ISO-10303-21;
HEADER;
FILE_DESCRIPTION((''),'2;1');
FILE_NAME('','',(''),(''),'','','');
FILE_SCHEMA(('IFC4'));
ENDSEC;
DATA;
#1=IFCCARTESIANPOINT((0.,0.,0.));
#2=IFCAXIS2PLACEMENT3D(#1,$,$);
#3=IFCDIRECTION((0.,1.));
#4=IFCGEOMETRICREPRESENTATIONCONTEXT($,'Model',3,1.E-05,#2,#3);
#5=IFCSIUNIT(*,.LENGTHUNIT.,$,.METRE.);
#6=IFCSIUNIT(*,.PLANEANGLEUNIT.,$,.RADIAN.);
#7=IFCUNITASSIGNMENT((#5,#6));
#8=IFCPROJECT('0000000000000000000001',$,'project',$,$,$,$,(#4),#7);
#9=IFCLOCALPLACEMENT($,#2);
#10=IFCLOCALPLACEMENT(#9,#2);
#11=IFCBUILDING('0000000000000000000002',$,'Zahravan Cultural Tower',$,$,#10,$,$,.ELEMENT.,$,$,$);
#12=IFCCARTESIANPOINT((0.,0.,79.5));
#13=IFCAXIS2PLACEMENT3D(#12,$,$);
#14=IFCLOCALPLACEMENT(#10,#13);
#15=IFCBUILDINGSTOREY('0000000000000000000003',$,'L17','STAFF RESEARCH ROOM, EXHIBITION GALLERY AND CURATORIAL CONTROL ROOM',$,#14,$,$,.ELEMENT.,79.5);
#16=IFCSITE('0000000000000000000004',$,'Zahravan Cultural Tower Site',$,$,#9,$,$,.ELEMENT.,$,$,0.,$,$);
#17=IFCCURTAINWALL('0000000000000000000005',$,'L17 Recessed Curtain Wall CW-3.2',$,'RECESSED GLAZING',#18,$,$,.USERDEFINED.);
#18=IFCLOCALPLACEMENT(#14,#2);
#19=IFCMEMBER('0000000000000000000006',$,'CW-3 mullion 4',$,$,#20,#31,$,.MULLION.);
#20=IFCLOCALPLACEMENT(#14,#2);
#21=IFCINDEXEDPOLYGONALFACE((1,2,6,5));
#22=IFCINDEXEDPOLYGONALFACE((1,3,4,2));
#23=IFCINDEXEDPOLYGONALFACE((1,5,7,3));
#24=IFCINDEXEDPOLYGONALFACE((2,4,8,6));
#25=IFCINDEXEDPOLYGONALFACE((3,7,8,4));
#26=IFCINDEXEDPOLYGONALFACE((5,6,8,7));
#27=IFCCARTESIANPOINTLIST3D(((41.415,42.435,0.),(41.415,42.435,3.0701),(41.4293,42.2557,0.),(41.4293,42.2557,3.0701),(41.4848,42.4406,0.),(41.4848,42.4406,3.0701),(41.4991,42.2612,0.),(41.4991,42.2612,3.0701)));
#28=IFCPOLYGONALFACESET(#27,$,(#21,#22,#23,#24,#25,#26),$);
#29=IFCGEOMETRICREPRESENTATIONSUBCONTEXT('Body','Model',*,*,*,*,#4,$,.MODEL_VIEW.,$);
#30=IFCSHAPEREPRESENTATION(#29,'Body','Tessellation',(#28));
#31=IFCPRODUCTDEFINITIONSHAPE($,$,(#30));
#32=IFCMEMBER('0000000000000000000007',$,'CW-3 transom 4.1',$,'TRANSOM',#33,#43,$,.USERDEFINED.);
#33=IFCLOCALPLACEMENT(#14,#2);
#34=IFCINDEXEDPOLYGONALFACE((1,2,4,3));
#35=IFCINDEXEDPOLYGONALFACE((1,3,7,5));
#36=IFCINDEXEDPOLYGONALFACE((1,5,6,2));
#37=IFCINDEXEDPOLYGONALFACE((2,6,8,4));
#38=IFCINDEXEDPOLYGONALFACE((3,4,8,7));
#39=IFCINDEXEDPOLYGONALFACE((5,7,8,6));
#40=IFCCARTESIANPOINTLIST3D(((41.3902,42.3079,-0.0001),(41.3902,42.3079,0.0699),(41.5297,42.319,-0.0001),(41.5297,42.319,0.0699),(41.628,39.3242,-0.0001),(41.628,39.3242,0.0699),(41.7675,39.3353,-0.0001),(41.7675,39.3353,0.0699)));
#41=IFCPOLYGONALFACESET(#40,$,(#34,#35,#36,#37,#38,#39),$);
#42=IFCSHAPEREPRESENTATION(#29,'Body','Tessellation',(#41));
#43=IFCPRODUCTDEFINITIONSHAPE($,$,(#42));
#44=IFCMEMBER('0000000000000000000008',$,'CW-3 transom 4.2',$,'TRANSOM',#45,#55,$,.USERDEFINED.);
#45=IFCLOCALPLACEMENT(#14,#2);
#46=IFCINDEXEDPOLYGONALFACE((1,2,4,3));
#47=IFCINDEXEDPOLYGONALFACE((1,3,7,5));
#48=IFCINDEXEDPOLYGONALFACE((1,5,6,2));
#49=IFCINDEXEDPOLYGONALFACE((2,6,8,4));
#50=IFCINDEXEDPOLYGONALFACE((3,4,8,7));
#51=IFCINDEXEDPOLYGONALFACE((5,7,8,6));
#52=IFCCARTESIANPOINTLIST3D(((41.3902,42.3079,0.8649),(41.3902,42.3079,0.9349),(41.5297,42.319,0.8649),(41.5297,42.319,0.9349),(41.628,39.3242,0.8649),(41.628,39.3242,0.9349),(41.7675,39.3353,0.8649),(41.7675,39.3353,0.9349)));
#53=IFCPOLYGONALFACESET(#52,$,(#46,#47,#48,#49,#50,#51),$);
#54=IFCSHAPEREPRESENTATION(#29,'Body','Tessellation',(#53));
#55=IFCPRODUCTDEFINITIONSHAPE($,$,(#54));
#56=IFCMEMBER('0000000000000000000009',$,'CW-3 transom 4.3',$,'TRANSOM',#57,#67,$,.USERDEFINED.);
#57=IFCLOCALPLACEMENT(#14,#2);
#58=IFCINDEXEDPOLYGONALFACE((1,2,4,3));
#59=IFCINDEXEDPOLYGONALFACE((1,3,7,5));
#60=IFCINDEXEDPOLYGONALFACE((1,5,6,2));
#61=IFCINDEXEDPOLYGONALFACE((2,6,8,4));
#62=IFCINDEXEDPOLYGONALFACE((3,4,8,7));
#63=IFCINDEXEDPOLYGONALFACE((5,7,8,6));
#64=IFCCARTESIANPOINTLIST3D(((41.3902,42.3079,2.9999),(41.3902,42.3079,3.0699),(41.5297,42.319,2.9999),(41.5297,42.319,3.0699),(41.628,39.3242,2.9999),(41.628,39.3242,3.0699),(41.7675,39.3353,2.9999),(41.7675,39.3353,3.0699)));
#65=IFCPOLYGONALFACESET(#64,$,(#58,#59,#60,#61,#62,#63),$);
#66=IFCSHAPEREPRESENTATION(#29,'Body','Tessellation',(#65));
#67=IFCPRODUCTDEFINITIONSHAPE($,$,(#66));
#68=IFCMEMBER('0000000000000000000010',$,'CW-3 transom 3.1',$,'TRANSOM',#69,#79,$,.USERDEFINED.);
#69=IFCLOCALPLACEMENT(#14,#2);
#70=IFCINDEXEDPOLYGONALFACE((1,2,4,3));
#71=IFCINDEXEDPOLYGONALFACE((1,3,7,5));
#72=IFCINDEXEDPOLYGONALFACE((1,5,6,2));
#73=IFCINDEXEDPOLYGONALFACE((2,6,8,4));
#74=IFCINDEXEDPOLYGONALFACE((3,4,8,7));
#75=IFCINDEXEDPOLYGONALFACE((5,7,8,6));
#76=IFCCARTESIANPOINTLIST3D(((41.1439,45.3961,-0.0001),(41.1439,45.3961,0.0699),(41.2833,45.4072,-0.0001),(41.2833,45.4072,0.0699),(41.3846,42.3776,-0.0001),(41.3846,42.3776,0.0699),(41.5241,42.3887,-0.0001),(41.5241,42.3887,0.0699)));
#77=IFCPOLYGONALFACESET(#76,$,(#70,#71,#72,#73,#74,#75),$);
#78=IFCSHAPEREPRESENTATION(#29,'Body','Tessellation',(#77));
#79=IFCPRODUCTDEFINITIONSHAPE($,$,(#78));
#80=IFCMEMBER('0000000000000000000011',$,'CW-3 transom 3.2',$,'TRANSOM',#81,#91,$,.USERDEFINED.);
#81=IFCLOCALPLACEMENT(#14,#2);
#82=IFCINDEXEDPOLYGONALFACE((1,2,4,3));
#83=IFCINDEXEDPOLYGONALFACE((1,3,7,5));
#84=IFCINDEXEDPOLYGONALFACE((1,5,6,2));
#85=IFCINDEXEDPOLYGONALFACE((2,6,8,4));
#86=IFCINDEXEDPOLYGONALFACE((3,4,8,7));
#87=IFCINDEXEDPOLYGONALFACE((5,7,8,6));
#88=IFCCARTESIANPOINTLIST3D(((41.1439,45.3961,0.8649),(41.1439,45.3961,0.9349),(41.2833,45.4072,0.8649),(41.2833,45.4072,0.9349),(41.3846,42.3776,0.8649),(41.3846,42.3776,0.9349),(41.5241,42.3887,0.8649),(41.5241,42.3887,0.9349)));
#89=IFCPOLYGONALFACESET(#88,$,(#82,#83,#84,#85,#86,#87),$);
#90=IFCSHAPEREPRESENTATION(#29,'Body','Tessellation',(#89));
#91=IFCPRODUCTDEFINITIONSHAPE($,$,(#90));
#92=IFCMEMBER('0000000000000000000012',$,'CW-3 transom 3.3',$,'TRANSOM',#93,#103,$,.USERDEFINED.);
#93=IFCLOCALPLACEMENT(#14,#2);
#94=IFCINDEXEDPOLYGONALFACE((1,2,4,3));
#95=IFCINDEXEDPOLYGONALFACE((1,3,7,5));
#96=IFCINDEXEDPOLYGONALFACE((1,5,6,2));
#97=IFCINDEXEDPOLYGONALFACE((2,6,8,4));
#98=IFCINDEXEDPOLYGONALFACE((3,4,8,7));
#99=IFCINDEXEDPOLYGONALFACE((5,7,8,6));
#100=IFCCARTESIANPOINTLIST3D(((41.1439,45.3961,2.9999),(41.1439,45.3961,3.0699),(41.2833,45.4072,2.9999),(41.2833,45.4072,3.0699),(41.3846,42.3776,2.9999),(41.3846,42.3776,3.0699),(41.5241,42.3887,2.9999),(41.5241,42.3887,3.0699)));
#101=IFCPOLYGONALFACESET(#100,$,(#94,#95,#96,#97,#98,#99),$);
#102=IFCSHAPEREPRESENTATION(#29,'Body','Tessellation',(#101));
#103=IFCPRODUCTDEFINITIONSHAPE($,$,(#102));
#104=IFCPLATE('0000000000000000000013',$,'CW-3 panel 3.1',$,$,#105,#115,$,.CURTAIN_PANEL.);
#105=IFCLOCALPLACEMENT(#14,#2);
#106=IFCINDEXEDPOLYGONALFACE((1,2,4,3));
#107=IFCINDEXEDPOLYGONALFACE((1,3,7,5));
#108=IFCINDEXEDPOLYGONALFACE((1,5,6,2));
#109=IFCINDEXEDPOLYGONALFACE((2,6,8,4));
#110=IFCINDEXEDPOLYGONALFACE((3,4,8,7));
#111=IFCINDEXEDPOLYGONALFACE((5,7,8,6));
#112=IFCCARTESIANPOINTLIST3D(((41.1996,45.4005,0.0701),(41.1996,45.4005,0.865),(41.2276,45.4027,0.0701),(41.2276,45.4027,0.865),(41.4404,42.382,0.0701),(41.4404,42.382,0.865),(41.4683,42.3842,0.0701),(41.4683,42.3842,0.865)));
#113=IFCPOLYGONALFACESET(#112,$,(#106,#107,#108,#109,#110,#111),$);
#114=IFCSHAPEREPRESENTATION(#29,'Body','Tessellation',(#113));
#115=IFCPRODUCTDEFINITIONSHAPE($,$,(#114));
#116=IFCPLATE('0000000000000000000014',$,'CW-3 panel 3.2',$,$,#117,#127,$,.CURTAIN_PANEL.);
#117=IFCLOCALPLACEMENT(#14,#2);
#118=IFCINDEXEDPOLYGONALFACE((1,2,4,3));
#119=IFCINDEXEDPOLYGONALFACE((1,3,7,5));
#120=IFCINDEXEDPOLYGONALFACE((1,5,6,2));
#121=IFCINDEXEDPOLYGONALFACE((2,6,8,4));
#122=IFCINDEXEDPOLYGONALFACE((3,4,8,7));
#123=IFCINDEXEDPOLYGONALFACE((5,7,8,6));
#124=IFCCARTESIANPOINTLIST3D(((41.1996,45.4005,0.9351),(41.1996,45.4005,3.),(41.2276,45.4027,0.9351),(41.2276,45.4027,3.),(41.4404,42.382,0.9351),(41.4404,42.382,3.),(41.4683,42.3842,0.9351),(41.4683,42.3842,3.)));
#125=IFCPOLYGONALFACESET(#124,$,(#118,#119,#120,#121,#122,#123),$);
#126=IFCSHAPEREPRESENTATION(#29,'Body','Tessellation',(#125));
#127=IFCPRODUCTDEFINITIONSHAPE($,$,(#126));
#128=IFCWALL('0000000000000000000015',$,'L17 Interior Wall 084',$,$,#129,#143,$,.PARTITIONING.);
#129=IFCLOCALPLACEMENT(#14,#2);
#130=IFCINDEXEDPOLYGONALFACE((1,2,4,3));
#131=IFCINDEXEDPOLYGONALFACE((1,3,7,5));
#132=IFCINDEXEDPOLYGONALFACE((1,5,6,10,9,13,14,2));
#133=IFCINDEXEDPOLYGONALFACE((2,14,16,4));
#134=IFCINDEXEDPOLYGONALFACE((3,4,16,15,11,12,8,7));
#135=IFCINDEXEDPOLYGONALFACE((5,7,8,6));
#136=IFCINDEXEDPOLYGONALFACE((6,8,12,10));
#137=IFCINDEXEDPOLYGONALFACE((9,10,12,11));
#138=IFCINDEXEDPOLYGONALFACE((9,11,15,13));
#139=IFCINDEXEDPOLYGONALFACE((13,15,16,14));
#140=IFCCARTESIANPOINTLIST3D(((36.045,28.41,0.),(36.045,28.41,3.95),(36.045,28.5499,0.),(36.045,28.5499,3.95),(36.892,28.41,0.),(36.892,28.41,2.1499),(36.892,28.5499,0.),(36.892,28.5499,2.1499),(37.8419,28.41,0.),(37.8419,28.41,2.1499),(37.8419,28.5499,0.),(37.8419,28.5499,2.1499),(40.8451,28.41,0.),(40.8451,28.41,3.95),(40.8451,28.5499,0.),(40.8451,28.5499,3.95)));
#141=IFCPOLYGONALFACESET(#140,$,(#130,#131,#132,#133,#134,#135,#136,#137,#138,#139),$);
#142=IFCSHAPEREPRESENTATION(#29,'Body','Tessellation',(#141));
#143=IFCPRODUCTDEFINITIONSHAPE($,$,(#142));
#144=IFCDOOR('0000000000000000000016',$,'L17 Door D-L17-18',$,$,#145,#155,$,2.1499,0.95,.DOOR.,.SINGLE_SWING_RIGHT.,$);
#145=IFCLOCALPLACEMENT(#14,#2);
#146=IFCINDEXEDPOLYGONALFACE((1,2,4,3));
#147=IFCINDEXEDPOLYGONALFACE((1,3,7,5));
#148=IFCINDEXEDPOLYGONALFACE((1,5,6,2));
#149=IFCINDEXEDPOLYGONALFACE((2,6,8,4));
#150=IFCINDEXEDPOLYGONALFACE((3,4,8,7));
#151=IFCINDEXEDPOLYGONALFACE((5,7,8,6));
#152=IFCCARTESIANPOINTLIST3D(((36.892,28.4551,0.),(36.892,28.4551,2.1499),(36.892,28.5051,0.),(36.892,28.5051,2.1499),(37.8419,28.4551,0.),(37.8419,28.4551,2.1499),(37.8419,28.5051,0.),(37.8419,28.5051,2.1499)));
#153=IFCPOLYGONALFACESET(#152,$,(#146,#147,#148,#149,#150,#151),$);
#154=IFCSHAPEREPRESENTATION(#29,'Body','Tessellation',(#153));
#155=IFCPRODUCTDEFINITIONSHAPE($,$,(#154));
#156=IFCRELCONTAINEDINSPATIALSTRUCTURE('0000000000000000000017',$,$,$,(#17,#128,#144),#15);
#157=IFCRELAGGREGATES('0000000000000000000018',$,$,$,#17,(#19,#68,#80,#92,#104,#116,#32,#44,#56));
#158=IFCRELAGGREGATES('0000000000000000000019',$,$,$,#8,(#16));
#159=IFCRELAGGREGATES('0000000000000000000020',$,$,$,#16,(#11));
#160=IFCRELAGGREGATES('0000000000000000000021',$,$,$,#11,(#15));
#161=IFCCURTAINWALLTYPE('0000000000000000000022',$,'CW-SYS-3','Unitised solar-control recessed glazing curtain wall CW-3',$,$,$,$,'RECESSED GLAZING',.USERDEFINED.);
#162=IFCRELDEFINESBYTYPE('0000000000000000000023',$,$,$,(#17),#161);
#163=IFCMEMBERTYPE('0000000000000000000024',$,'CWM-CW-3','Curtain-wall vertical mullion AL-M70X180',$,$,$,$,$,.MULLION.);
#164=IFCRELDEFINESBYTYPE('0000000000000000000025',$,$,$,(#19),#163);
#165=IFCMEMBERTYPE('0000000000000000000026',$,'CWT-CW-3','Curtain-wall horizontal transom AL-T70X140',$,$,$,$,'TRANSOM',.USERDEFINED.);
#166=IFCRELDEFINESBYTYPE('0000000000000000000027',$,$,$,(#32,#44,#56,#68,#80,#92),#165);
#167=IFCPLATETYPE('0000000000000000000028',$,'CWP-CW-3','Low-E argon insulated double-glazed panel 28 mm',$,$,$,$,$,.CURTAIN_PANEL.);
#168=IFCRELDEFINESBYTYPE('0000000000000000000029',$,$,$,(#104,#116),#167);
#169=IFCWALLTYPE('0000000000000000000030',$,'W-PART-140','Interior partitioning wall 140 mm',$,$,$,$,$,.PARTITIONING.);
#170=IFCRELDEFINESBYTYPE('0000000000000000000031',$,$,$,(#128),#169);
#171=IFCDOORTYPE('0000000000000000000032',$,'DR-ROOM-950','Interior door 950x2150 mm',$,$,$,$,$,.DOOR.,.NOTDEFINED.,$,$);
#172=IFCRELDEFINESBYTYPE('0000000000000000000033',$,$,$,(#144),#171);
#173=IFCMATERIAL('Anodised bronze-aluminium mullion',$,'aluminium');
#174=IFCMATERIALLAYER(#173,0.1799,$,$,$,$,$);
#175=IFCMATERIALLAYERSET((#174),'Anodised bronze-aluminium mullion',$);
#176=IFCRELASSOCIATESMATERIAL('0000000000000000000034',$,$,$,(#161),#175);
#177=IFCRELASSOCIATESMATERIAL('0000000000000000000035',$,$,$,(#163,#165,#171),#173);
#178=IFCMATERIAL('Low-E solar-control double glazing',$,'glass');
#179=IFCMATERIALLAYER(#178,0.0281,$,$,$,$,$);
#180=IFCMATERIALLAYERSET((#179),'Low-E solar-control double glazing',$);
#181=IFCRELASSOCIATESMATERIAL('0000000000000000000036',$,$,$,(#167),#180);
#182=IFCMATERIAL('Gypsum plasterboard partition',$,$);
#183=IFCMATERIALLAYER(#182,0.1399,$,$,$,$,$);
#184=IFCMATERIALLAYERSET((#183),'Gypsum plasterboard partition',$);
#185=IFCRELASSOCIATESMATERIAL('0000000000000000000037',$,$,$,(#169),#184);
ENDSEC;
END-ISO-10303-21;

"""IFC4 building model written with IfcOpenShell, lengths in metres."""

from ifc_helpers import new_model, si_unit, direction, frame, frame_2d, origin, origin_2d, place, context, subcontext, project, spatial, rectangle, extrude, source, transform, mapped, material, layer, layer_set, material_profile, profile_set, type_object, element, fill, aggregate, save


model = new_model("IFC4")

# Units and contexts
model_context = context("Model", 3, precision=1e-05, world=origin(), true_north=direction((0.0, 1.0)))
body_context = subcontext(model_context, "Body", "Model", "MODEL_VIEW")
ifc_project = project(units=[si_unit("LENGTHUNIT", "METRE"), si_unit("PLANEANGLEUNIT", "RADIAN")], contexts=[model_context])

# Site, building, storey
site_placement = place(None, origin())
site = spatial("IfcSite", under=ifc_project, at=site_placement, Name="Zahravan Cultural Tower Site", CompositionType="ELEMENT", RefElevation=0.0)
building_placement = place(site_placement, origin())
building = spatial("IfcBuilding", under=site, at=building_placement, Name="Zahravan Cultural Tower", CompositionType="ELEMENT")
storey_placement = place(building_placement, frame((0.0, 0.0, 79.5)))
storey = spatial("IfcBuildingStorey", under=building, at=storey_placement, Name="L17", Description="STAFF RESEARCH ROOM, EXHIBITION GALLERY AND CURATORIAL CONTROL ROOM", CompositionType="ELEMENT", Elevation=79.5)

# Curtain wall, members, plates
ifc_material_1 = material(Name="Anodised bronze-aluminium mullion", Category="aluminium")
ifc_layer_1 = layer(ifc_material_1, 0.1799)
ifc_layer_set_1 = layer_set([ifc_layer_1], Name="Anodised bronze-aluminium mullion")
curtain_wall_type = type_object("IfcCurtainWallType", Name="CW-SYS-3", Description="Unitised solar-control recessed glazing curtain wall CW-3", ElementType="RECESSED GLAZING", PredefinedType="USERDEFINED", material=ifc_layer_set_1)
curtain_wall_placement = place(storey_placement, origin())
curtain_wall = element("IfcCurtainWall", 1, at=curtain_wall_placement, inside=storey, type_object=curtain_wall_type, Name="L17 Recessed Curtain Wall CW-3.2", ObjectType="RECESSED GLAZING", PredefinedType="USERDEFINED")
ifc_material_profile_1 = material_profile(ifc_material_1, rectangle(XDim=0.0701, YDim=0.1799, at=origin_2d()), Name="AL-M70X180")
ifc_profile_set_1 = profile_set([ifc_material_profile_1], Name="Anodised bronze-aluminium mullion")
member_type_1 = type_object("IfcMemberType", Name="CWM-CW-3", Description="Curtain-wall vertical mullion AL-M70X180", PredefinedType="MULLION", material=ifc_profile_set_1)
shared_shape_1 = source(origin(), body_context, "Body", "SweptSolid", [
    extrude(rectangle(XDim=0.0701, YDim=0.1799, at=origin_2d()), origin(), (0.0, 0.0, 1.0), 3.0701),
])
member_1_placement = place(storey_placement, frame((41.457, 42.3481, 0.0), z_axis=(0.0, 0.0, 1.0), x_axis=(0.996835, 0.079501, 0.0)))
member_1 = element("IfcMember", 2, at=member_1_placement, type_object=member_type_1, Name="CW-3 mullion 4", PredefinedType="MULLION", context=body_context, shape_type="MappedRepresentation", body=[
    mapped(shared_shape_1, transform((0.0, 0.0, 0.0), x_axis=(1.0, 0.0, 0.0), y_axis=(0.0, 1.0, 0.0), z_axis=(0.0, 0.0, 1.0), scale=1.0)),
])
ifc_material_profile_2 = material_profile(ifc_material_1, rectangle(XDim=0.1399, YDim=0.0701, at=origin_2d()), Name="AL-T70X140")
ifc_profile_set_2 = profile_set([ifc_material_profile_2], Name="Anodised bronze-aluminium mullion")
member_type_2 = type_object("IfcMemberType", Name="CWT-CW-3", Description="Curtain-wall horizontal transom AL-T70X140", ElementType="TRANSOM", PredefinedType="USERDEFINED", material=ifc_profile_set_2)
shared_shape_2 = source(origin(), body_context, "Body", "SweptSolid", [
    extrude(rectangle(XDim=0.1399, YDim=0.0701, at=origin_2d()), origin(), (0.0, 0.0, 1.0), 2.9932),
])
member_2_placement = place(storey_placement, frame((41.46, 42.3135, 0.0349), z_axis=(0.079447, -0.996839, 0.0), x_axis=(0.996839, 0.079447, 0.0)))
member_2 = element("IfcMember", 3, at=member_2_placement, type_object=member_type_2, Name="CW-3 transom 4.1", ObjectType="TRANSOM", PredefinedType="USERDEFINED", context=body_context, shape_type="MappedRepresentation", body=[
    mapped(shared_shape_2, transform((0.0, 0.0, 0.0), x_axis=(1.0, 0.0, 0.0), y_axis=(0.0, 1.0, 0.0), z_axis=(0.0, 0.0, 1.0), scale=1.0)),
])
member_3_placement = place(storey_placement, frame((41.46, 42.3135, 0.8999), z_axis=(0.079447, -0.996839, 0.0), x_axis=(0.996839, 0.079447, 0.0)))
member_3 = element("IfcMember", 4, at=member_3_placement, type_object=member_type_2, Name="CW-3 transom 4.2", ObjectType="TRANSOM", PredefinedType="USERDEFINED", context=body_context, shape_type="MappedRepresentation", body=[
    mapped(shared_shape_2, transform((0.0, 0.0, 0.0), x_axis=(1.0, 0.0, 0.0), y_axis=(0.0, 1.0, 0.0), z_axis=(0.0, 0.0, 1.0), scale=1.0)),
])
member_4_placement = place(storey_placement, frame((41.46, 42.3135, 3.0349), z_axis=(0.079447, -0.996839, 0.0), x_axis=(0.996839, 0.079447, 0.0)))
member_4 = element("IfcMember", 5, at=member_4_placement, type_object=member_type_2, Name="CW-3 transom 4.3", ObjectType="TRANSOM", PredefinedType="USERDEFINED", context=body_context, shape_type="MappedRepresentation", body=[
    mapped(shared_shape_2, transform((0.0, 0.0, 0.0), x_axis=(1.0, 0.0, 0.0), y_axis=(0.0, 1.0, 0.0), z_axis=(0.0, 0.0, 1.0), scale=1.0)),
])
shared_shape_3 = source(origin(), body_context, "Body", "SweptSolid", [
    extrude(rectangle(XDim=0.1399, YDim=0.0701, at=origin_2d()), origin(), (0.0, 0.0, 1.0), 3.0281),
])
member_5_placement = place(storey_placement, frame((41.2136, 45.4016, 0.0349), z_axis=(0.079495, -0.996835, 0.0), x_axis=(0.996835, 0.079495, 0.0)))
member_5 = element("IfcMember", 6, at=member_5_placement, type_object=member_type_2, Name="CW-3 transom 3.1", ObjectType="TRANSOM", PredefinedType="USERDEFINED", context=body_context, shape_type="MappedRepresentation", body=[
    mapped(shared_shape_3, transform((0.0, 0.0, 0.0), x_axis=(1.0, 0.0, 0.0), y_axis=(0.0, 1.0, 0.0), z_axis=(0.0, 0.0, 1.0), scale=1.0)),
])
member_6_placement = place(storey_placement, frame((41.2136, 45.4016, 0.8999), z_axis=(0.079495, -0.996835, 0.0), x_axis=(0.996835, 0.079495, 0.0)))
member_6 = element("IfcMember", 7, at=member_6_placement, type_object=member_type_2, Name="CW-3 transom 3.2", ObjectType="TRANSOM", PredefinedType="USERDEFINED", context=body_context, shape_type="MappedRepresentation", body=[
    mapped(shared_shape_3, transform((0.0, 0.0, 0.0), x_axis=(1.0, 0.0, 0.0), y_axis=(0.0, 1.0, 0.0), z_axis=(0.0, 0.0, 1.0), scale=1.0)),
])
member_7_placement = place(storey_placement, frame((41.2136, 45.4016, 3.0349), z_axis=(0.079495, -0.996835, 0.0), x_axis=(0.996835, 0.079495, 0.0)))
member_7 = element("IfcMember", 8, at=member_7_placement, type_object=member_type_2, Name="CW-3 transom 3.3", ObjectType="TRANSOM", PredefinedType="USERDEFINED", context=body_context, shape_type="MappedRepresentation", body=[
    mapped(shared_shape_3, transform((0.0, 0.0, 0.0), x_axis=(1.0, 0.0, 0.0), y_axis=(0.0, 1.0, 0.0), z_axis=(0.0, 0.0, 1.0), scale=1.0)),
])
ifc_material_2 = material(Name="Low-E solar-control double glazing", Category="glass")
ifc_layer_2 = layer(ifc_material_2, 0.0281)
ifc_layer_set_2 = layer_set([ifc_layer_2], Name="Low-E solar-control double glazing")
plate_type = type_object("IfcPlateType", Name="CWP-CW-3", Description="Low-E argon insulated double-glazed panel 28 mm", PredefinedType="CURTAIN_PANEL", material=ifc_layer_set_2)
shared_shape_4 = source(origin(), body_context, "Body", "SweptSolid", [
    extrude(rectangle(XDim=3.0281, YDim=0.0281, at=origin_2d()), origin(), (0.0, 0.0, 1.0), 0.7949),
])
plate_1_placement = place(storey_placement, frame((41.334, 43.8923, 0.0701), z_axis=(0.0, 0.0, 1.0), x_axis=(0.079501, -0.996835, 0.0)))
plate_1 = element("IfcPlate", 9, at=plate_1_placement, type_object=plate_type, Name="CW-3 panel 3.1", PredefinedType="CURTAIN_PANEL", context=body_context, shape_type="MappedRepresentation", body=[
    mapped(shared_shape_4, transform((0.0, 0.0, 0.0), x_axis=(1.0, 0.0, 0.0), y_axis=(0.0, 1.0, 0.0), z_axis=(0.0, 0.0, 1.0), scale=1.0)),
])
shared_shape_5 = source(origin(), body_context, "Body", "SweptSolid", [
    extrude(rectangle(XDim=3.0281, YDim=0.0281, at=origin_2d()), origin(), (0.0, 0.0, 1.0), 2.0649),
])
plate_2_placement = place(storey_placement, frame((41.334, 43.8923, 0.9351), z_axis=(0.0, 0.0, 1.0), x_axis=(0.079501, -0.996835, 0.0)))
plate_2 = element("IfcPlate", 10, at=plate_2_placement, type_object=plate_type, Name="CW-3 panel 3.2", PredefinedType="CURTAIN_PANEL", context=body_context, shape_type="MappedRepresentation", body=[
    mapped(shared_shape_5, transform((0.0, 0.0, 0.0), x_axis=(1.0, 0.0, 0.0), y_axis=(0.0, 1.0, 0.0), z_axis=(0.0, 0.0, 1.0), scale=1.0)),
])
aggregate(curtain_wall, [member_1, member_5, member_6, member_7, plate_1, plate_2, member_2, member_3, member_4])

# Wall, opening, door
ifc_material_3 = material(Name="Gypsum plasterboard partition")
ifc_layer_3 = layer(ifc_material_3, 0.1399)
ifc_layer_set_3 = layer_set([ifc_layer_3], Name="Gypsum plasterboard partition")
wall_type_1 = type_object("IfcWallType", Name="W-PART-140", Description="Interior partitioning wall 140 mm", PredefinedType="PARTITIONING", material=ifc_layer_set_3)
wall_1_placement = place(storey_placement, frame((40.845, 28.48, 0.0), z_axis=(0.0, 0.0, 1.0), x_axis=(-1.0, 0.0, 0.0)))
wall_1 = element("IfcWall", 11, at=wall_1_placement, inside=storey, type_object=wall_type_1, Name="L17 Interior Wall 084", PredefinedType="PARTITIONING", context=body_context, shape_type="SweptSolid", body=[
    extrude(rectangle(XDim=4.8, YDim=0.1399, at=frame_2d((2.3999, 0.0))), origin(), (0.0, 0.0, 1.0), 3.95),
])
opening_1_placement = place(wall_1_placement, frame((3.0029, 0.0, 0.0)))
opening_1 = element("IfcOpeningElement", 12, at=opening_1_placement, cuts=wall_1, PredefinedType="OPENING", context=body_context, shape_type="SweptSolid", body=[
    extrude(rectangle(XDim=0.95, YDim=2.1499, at=frame_2d((0.4751, 1.075))), frame((0.0, 0.0798, 0.0), z_axis=(0.0, -1.0, 0.0), x_axis=(1.0, 0.0, 0.0)), (0.0, 0.0, 1.0), 0.1599),
])
door_type_1 = type_object("IfcDoorType", Name="DR-ROOM-950", Description="Interior door 950x2150 mm", OperationType="NOTDEFINED", PredefinedType="DOOR", material=ifc_material_1)
shared_shape_6 = source(origin(), body_context, "Body", "SweptSolid", [
    extrude(rectangle(XDim=0.95, YDim=2.1499, at=frame_2d((0.4751, 1.075))), frame((0.0, 0.0249, 0.0), z_axis=(0.0, -1.0, 0.0), x_axis=(1.0, 0.0, 0.0)), (0.0, 0.0, 1.0), 0.05),
])
door_1_placement = place(opening_1_placement, origin())
door_1 = element("IfcDoor", 13, at=door_1_placement, inside=storey, type_object=door_type_1, Name="L17 Door D-L17-18", OperationType="SINGLE_SWING_RIGHT", OverallHeight=2.1499, OverallWidth=0.95, PredefinedType="DOOR", context=body_context, shape_type="MappedRepresentation", body=[
    mapped(shared_shape_6, transform((0.0, 0.0, 0.0), x_axis=(1.0, 0.0, 0.0), y_axis=(0.0, 1.0, 0.0), z_axis=(0.0, 0.0, 1.0), scale=1.0)),
])
fill(opening_1, door_1)

save(model, "model.ifc")
